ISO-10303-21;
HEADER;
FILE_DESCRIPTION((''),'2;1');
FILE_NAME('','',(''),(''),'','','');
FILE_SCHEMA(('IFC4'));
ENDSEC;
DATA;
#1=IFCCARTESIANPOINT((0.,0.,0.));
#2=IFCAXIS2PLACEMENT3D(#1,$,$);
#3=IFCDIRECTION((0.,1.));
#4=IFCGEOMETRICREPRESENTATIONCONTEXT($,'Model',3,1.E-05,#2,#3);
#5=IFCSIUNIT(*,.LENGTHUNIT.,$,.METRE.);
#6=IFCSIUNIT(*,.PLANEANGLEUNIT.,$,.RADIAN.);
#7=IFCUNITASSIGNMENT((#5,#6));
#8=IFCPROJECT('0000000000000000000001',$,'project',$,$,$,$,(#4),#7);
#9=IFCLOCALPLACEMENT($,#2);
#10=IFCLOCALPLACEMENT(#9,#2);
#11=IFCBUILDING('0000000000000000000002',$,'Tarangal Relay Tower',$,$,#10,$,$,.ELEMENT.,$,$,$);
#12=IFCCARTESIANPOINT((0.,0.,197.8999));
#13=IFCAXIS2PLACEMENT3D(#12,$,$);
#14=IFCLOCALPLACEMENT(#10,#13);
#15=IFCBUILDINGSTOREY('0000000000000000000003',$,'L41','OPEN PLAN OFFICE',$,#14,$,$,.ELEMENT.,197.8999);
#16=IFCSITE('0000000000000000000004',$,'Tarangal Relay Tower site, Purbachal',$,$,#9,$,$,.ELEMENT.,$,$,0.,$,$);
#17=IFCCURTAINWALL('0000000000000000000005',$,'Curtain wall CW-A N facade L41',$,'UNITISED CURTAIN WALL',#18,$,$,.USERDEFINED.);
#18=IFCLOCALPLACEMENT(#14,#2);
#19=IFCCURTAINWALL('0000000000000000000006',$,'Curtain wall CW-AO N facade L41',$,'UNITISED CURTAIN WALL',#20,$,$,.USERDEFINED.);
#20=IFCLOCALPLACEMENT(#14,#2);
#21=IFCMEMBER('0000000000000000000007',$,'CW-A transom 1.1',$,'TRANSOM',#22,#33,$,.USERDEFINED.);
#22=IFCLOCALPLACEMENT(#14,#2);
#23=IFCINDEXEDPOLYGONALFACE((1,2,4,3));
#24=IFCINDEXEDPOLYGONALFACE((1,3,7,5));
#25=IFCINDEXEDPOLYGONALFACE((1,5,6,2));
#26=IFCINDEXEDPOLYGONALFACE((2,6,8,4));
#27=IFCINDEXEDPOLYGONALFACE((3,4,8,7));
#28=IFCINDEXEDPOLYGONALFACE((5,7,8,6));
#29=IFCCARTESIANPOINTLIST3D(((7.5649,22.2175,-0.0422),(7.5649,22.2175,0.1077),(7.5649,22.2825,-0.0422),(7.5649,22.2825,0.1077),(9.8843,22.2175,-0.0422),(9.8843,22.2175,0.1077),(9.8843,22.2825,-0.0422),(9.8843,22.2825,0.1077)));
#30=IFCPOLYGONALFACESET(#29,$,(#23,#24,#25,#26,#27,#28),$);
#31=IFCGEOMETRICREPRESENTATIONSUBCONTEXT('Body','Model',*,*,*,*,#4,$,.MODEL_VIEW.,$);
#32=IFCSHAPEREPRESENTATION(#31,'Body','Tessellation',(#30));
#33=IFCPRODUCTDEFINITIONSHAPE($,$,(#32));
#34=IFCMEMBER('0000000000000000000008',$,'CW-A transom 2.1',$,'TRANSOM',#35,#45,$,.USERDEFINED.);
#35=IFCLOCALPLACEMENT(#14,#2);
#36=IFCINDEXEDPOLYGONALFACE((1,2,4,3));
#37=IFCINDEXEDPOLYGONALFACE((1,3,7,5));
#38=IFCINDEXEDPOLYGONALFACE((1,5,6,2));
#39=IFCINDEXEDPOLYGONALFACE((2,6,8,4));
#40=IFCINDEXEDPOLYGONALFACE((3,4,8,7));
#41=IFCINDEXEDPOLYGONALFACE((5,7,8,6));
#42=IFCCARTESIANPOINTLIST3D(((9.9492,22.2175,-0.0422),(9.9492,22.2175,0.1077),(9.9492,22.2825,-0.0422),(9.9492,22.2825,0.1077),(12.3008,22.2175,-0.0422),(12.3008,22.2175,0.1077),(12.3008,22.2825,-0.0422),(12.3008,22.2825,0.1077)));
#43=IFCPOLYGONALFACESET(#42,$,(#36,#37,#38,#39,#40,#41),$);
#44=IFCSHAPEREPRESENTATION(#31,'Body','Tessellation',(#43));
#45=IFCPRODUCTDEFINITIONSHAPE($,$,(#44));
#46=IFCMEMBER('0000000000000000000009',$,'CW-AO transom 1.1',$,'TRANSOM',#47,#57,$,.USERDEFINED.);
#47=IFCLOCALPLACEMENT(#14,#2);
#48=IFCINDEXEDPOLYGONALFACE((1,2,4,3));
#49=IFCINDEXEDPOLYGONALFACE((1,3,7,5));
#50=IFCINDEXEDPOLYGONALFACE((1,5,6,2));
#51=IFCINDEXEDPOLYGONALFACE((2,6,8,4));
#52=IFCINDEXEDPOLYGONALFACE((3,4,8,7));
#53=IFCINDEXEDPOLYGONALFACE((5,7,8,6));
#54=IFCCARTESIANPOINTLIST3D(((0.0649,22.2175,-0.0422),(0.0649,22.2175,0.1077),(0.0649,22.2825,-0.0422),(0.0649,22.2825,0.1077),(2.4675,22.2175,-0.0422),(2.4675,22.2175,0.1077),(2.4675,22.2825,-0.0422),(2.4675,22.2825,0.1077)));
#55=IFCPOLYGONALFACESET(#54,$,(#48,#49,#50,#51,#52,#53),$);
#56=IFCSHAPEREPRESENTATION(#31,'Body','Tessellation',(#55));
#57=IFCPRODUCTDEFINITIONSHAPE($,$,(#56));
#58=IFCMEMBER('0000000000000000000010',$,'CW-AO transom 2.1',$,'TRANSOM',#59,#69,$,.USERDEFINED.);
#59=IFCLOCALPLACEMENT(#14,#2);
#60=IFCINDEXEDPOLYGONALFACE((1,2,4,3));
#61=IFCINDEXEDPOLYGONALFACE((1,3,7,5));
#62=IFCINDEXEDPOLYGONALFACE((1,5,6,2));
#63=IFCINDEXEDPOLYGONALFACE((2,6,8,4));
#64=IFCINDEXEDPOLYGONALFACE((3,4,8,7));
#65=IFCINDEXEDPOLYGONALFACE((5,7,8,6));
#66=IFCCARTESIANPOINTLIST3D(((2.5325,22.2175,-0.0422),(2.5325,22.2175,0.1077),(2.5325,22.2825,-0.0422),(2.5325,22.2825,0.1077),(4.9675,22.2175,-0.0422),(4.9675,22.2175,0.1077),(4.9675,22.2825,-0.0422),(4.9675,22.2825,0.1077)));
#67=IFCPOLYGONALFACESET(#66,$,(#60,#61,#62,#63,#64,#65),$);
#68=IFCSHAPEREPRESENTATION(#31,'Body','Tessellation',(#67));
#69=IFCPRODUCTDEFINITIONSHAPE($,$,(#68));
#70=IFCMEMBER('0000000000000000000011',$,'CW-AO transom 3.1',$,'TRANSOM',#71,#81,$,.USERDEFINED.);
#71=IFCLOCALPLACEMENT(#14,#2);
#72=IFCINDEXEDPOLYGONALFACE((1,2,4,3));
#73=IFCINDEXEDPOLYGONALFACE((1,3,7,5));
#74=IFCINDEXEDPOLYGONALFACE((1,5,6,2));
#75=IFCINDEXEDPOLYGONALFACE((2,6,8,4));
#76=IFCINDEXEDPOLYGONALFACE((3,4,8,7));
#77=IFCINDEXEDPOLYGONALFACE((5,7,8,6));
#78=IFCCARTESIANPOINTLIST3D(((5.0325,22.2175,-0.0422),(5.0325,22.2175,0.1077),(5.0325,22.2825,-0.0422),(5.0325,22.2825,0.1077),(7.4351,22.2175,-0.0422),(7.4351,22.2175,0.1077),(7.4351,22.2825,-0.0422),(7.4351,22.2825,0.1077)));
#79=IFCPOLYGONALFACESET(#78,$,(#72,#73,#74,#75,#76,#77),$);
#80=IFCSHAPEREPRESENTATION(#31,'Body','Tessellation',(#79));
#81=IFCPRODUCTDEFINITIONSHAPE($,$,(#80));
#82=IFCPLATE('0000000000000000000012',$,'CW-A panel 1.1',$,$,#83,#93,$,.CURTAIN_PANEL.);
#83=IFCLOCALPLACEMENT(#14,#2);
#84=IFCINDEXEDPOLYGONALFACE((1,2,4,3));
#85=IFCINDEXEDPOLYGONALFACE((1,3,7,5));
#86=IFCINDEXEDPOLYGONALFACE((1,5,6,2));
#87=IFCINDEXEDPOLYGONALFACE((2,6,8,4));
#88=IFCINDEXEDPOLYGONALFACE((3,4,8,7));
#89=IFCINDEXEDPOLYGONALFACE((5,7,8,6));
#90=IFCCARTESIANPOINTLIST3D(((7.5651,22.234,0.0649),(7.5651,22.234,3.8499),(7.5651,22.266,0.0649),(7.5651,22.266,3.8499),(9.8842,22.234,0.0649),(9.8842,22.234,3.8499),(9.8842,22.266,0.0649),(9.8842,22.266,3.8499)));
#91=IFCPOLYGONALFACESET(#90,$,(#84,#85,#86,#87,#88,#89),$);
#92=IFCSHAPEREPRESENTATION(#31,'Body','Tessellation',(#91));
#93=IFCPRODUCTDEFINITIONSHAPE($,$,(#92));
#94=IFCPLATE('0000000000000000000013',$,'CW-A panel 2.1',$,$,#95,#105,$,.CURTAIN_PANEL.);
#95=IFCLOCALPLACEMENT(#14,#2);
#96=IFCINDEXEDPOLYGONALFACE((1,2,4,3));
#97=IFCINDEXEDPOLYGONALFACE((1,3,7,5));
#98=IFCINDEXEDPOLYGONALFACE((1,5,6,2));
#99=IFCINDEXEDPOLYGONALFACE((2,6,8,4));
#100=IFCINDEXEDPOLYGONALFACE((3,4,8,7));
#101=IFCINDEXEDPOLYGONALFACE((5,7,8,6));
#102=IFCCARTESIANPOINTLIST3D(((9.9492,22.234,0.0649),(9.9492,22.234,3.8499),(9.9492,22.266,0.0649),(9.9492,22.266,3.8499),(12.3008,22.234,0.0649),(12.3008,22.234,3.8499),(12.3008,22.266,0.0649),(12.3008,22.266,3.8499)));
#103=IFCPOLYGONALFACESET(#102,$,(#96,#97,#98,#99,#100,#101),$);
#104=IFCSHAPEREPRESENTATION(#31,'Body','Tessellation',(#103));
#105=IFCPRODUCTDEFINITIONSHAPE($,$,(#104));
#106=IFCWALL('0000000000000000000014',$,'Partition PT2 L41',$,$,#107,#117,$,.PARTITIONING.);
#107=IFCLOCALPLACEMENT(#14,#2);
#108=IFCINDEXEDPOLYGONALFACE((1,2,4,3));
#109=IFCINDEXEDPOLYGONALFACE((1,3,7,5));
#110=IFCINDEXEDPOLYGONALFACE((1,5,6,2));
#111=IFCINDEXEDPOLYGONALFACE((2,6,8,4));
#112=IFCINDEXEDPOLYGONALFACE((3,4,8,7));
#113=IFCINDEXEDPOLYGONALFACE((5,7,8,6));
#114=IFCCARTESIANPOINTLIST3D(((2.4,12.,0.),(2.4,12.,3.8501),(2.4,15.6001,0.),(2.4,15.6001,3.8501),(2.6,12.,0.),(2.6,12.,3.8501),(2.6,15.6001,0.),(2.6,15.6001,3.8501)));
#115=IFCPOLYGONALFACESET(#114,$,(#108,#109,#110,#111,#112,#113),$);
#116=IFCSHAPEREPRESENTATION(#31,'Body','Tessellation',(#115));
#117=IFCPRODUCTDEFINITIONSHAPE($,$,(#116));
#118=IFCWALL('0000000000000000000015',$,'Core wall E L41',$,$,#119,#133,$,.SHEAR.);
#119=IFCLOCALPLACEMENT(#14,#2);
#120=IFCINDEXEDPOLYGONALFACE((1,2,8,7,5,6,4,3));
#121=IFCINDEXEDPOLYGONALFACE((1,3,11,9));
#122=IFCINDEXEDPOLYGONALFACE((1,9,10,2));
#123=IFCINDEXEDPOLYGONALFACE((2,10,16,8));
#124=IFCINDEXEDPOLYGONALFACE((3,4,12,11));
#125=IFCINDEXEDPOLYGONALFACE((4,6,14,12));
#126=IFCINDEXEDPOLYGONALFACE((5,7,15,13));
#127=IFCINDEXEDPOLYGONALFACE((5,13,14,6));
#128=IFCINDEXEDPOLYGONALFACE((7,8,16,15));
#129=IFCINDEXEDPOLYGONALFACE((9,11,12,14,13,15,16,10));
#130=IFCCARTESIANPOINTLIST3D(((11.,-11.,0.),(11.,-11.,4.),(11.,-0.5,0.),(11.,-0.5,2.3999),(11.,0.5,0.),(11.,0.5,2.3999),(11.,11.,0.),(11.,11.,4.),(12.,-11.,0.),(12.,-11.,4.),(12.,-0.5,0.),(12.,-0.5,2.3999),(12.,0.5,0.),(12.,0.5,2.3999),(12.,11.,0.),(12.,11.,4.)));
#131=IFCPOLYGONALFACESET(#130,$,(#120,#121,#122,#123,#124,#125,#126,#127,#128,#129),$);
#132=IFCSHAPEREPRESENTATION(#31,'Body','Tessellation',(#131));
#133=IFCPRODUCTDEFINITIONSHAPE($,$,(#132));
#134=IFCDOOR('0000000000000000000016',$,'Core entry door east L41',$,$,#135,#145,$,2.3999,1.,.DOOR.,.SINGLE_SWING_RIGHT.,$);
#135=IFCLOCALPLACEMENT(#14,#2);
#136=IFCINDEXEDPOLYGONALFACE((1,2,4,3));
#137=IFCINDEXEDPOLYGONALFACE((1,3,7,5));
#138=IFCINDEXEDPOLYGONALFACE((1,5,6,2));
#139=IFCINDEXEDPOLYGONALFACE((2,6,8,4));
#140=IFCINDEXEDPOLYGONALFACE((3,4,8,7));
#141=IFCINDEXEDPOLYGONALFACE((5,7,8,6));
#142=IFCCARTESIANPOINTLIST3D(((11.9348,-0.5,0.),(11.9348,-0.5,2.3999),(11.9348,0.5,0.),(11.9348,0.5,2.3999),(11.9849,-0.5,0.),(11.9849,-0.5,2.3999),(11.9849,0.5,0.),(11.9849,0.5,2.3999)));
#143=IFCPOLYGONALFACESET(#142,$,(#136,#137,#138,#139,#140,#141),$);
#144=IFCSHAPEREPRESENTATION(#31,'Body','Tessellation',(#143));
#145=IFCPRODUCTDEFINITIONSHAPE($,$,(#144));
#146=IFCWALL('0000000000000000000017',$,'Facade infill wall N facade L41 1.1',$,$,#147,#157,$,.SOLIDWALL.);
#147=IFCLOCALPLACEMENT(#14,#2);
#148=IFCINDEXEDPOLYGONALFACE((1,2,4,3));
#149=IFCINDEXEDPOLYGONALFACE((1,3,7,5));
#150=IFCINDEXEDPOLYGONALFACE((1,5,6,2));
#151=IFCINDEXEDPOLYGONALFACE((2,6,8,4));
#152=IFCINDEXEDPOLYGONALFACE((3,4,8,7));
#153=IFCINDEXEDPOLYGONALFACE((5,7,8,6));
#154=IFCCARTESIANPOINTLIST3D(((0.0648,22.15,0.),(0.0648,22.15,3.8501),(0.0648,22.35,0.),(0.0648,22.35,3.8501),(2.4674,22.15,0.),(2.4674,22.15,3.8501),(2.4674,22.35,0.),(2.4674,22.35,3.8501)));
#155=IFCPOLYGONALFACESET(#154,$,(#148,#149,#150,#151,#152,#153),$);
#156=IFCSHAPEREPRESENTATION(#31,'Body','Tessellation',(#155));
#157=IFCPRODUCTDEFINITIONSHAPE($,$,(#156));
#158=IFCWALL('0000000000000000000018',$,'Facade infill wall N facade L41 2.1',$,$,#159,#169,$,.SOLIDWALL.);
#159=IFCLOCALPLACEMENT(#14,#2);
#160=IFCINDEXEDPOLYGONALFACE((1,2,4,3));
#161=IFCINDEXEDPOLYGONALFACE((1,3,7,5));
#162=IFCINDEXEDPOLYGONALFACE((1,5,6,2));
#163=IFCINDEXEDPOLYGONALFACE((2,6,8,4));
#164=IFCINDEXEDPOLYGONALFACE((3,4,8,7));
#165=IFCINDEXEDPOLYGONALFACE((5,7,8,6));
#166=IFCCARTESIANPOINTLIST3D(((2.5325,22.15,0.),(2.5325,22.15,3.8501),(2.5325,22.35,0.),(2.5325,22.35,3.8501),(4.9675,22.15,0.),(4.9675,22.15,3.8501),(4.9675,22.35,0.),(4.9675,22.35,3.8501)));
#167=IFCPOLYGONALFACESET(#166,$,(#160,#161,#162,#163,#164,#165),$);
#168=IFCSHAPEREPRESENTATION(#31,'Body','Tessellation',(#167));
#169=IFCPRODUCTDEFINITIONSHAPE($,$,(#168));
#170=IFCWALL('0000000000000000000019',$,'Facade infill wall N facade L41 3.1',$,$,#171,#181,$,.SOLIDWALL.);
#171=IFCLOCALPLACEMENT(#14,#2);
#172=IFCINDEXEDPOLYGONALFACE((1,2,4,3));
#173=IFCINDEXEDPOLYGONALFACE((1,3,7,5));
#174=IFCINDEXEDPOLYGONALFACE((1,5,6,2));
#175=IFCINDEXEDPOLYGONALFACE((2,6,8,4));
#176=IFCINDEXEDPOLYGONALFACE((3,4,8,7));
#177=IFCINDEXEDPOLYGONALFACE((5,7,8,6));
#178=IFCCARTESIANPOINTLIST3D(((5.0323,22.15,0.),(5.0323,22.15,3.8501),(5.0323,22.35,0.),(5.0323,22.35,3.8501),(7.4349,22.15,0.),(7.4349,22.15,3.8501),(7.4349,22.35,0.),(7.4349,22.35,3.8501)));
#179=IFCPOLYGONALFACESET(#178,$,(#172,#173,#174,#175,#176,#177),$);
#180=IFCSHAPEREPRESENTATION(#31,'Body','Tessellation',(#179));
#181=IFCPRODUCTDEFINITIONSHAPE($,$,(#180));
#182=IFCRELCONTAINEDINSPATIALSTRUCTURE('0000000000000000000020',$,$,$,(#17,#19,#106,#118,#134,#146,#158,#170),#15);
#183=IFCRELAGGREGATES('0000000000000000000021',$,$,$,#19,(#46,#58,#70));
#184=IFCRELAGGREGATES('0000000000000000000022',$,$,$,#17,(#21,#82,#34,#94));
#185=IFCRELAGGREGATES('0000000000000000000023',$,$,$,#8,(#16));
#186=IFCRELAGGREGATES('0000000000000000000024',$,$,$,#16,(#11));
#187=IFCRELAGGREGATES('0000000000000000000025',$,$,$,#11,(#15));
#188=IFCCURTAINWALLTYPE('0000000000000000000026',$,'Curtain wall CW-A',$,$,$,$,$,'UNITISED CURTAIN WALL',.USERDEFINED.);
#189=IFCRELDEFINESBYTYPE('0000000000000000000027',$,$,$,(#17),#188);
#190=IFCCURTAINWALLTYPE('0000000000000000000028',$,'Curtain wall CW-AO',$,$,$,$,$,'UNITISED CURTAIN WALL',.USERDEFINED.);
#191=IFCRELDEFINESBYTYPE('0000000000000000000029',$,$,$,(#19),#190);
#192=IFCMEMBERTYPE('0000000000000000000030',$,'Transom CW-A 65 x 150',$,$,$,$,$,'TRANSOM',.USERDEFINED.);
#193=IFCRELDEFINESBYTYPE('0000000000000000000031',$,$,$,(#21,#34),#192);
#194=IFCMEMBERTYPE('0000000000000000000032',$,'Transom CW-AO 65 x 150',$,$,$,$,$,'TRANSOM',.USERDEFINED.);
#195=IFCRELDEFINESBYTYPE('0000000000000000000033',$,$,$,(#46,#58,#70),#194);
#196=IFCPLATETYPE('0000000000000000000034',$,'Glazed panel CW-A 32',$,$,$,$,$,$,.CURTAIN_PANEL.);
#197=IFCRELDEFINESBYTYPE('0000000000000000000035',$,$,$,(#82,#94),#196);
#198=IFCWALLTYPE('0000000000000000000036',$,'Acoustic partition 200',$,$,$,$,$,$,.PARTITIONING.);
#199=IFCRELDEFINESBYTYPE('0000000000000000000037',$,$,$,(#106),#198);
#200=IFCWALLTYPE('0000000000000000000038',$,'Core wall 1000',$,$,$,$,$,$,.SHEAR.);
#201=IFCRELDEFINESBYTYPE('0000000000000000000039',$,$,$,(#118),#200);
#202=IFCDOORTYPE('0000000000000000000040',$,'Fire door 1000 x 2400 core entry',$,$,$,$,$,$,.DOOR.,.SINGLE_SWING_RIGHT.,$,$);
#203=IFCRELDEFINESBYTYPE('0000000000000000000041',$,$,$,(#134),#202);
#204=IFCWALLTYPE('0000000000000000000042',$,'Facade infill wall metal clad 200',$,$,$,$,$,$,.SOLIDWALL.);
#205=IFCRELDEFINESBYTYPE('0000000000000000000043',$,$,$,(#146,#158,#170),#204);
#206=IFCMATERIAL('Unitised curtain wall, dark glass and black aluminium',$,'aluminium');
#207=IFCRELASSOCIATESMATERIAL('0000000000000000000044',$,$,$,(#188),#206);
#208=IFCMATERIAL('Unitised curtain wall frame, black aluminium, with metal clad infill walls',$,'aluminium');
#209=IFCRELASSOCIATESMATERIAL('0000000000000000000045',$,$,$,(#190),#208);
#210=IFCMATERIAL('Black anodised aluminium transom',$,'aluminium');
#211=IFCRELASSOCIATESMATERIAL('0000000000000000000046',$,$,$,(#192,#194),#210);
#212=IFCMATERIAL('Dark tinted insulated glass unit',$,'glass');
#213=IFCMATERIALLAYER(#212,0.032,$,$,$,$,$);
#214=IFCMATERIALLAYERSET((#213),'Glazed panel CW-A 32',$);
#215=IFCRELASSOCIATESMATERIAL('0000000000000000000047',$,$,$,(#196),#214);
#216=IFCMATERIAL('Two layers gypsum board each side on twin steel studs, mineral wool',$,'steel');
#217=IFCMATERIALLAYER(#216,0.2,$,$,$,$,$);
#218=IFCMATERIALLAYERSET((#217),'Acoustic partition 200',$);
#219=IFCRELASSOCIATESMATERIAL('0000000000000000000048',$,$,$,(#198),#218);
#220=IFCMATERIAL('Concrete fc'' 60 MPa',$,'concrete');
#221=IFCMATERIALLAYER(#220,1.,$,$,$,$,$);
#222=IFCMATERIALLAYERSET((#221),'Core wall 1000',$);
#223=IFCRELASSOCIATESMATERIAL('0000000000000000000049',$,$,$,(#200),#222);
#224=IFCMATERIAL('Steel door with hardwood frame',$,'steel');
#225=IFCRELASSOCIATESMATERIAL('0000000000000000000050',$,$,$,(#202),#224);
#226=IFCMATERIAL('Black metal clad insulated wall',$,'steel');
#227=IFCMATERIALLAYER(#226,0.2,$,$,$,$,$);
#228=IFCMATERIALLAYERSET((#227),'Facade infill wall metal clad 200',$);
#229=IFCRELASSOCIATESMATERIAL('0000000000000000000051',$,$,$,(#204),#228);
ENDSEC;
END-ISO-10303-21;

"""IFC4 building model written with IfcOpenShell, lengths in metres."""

from ifc_helpers import new_model, si_unit, direction, frame, frame_2d, origin, origin_2d, place, context, subcontext, project, spatial, rectangle, extrude, material, layer, layer_set, material_profile, profile_set, type_object, element, fill, aggregate, save


model = new_model("IFC4")

# Units and contexts
model_context = context("Model", 3, precision=1e-05, world=origin(), true_north=direction((0.0, 1.0)))
body_context = subcontext(model_context, "Body", "Model", "MODEL_VIEW")
ifc_project = project(units=[si_unit("LENGTHUNIT", "METRE"), si_unit("PLANEANGLEUNIT", "RADIAN")], contexts=[model_context])

# Site, building, storey
site_placement = place(None, origin())
site = spatial("IfcSite", under=ifc_project, at=site_placement, Name="Tarangal Relay Tower site, Purbachal", CompositionType="ELEMENT", RefElevation=0.0)
building_placement = place(site_placement, origin())
building = spatial("IfcBuilding", under=site, at=building_placement, Name="Tarangal Relay Tower", CompositionType="ELEMENT")
storey_placement = place(building_placement, frame((0.0, 0.0, 197.8999)))
storey = spatial("IfcBuildingStorey", under=building, at=storey_placement, Name="L41", Description="OPEN PLAN OFFICE", CompositionType="ELEMENT", Elevation=197.8999)

# Curtain walls
ifc_material_1 = material(Name="Unitised curtain wall, dark glass and black aluminium", Category="aluminium")
curtain_wall_type_1 = type_object("IfcCurtainWallType", Name="Curtain wall CW-A", ElementType="UNITISED CURTAIN WALL", PredefinedType="USERDEFINED", material=ifc_material_1)
curtain_wall_1_placement = place(storey_placement, origin())
curtain_wall_1 = element("IfcCurtainWall", 1, at=curtain_wall_1_placement, inside=storey, type_object=curtain_wall_type_1, Name="Curtain wall CW-A N facade L41", ObjectType="UNITISED CURTAIN WALL", PredefinedType="USERDEFINED")
ifc_material_2 = material(Name="Unitised curtain wall frame, black aluminium, with metal clad infill walls", Category="aluminium")
curtain_wall_type_2 = type_object("IfcCurtainWallType", Name="Curtain wall CW-AO", ElementType="UNITISED CURTAIN WALL", PredefinedType="USERDEFINED", material=ifc_material_2)
curtain_wall_2_placement = place(storey_placement, origin())
curtain_wall_2 = element("IfcCurtainWall", 2, at=curtain_wall_2_placement, inside=storey, type_object=curtain_wall_type_2, Name="Curtain wall CW-AO N facade L41", ObjectType="UNITISED CURTAIN WALL", PredefinedType="USERDEFINED")

# Members
ifc_material_3 = material(Name="Black anodised aluminium transom", Category="aluminium")
ifc_material_profile_1 = material_profile(ifc_material_3, rectangle(XDim=0.0649, YDim=0.1499, at=origin_2d()), Name="CW-AT 65X150")
ifc_profile_set_1 = profile_set([ifc_material_profile_1], Name="Black anodised aluminium transom")
member_type_1 = type_object("IfcMemberType", Name="Transom CW-A 65 x 150", ElementType="TRANSOM", PredefinedType="USERDEFINED", material=ifc_profile_set_1)
member_1_placement = place(storey_placement, frame((7.5649, 22.25, 0.0327), z_axis=(1.0, 0.0, 0.0), x_axis=(0.0, 1.0, 0.0)))
member_1 = element("IfcMember", 3, at=member_1_placement, type_object=member_type_1, Name="CW-A transom 1.1", ObjectType="TRANSOM", PredefinedType="USERDEFINED", context=body_context, shape_type="SweptSolid", body=[
    extrude(rectangle(XDim=0.0649, YDim=0.1499, at=origin_2d()), origin(), (0.0, 0.0, 1.0), 2.3193),
])
member_2_placement = place(storey_placement, frame((9.9492, 22.25, 0.0327), z_axis=(1.0, 0.0, 0.0), x_axis=(0.0, 1.0, 0.0)))
member_2 = element("IfcMember", 4, at=member_2_placement, type_object=member_type_1, Name="CW-A transom 2.1", ObjectType="TRANSOM", PredefinedType="USERDEFINED", context=body_context, shape_type="SweptSolid", body=[
    extrude(rectangle(XDim=0.0649, YDim=0.1499, at=origin_2d()), origin(), (0.0, 0.0, 1.0), 2.3516),
])
ifc_material_profile_2 = material_profile(ifc_material_3, rectangle(XDim=0.0649, YDim=0.1499, at=origin_2d()), Name="CW-AOT 65X150")
ifc_profile_set_2 = profile_set([ifc_material_profile_2], Name="Black anodised aluminium transom")
member_type_2 = type_object("IfcMemberType", Name="Transom CW-AO 65 x 150", ElementType="TRANSOM", PredefinedType="USERDEFINED", material=ifc_profile_set_2)
member_3_placement = place(storey_placement, frame((0.0649, 22.25, 0.0327), z_axis=(1.0, 0.0, 0.0), x_axis=(0.0, 1.0, 0.0)))
member_3 = element("IfcMember", 5, at=member_3_placement, type_object=member_type_2, Name="CW-AO transom 1.1", ObjectType="TRANSOM", PredefinedType="USERDEFINED", context=body_context, shape_type="SweptSolid", body=[
    extrude(rectangle(XDim=0.0649, YDim=0.1499, at=origin_2d()), origin(), (0.0, 0.0, 1.0), 2.4026),
])
member_4_placement = place(storey_placement, frame((2.5325, 22.25, 0.0327), z_axis=(1.0, 0.0, 0.0), x_axis=(0.0, 1.0, 0.0)))
member_4 = element("IfcMember", 6, at=member_4_placement, type_object=member_type_2, Name="CW-AO transom 2.1", ObjectType="TRANSOM", PredefinedType="USERDEFINED", context=body_context, shape_type="SweptSolid", body=[
    extrude(rectangle(XDim=0.0649, YDim=0.1499, at=origin_2d()), origin(), (0.0, 0.0, 1.0), 2.4351),
])
member_5_placement = place(storey_placement, frame((5.0325, 22.25, 0.0327), z_axis=(1.0, 0.0, 0.0), x_axis=(0.0, 1.0, 0.0)))
member_5 = element("IfcMember", 7, at=member_5_placement, type_object=member_type_2, Name="CW-AO transom 3.1", ObjectType="TRANSOM", PredefinedType="USERDEFINED", context=body_context, shape_type="SweptSolid", body=[
    extrude(rectangle(XDim=0.0649, YDim=0.1499, at=origin_2d()), origin(), (0.0, 0.0, 1.0), 2.4026),
])
aggregate(curtain_wall_2, [member_3, member_4, member_5])

# Plates
ifc_material_4 = material(Name="Dark tinted insulated glass unit", Category="glass")
ifc_layer_1 = layer(ifc_material_4, 0.032)
ifc_layer_set_1 = layer_set([ifc_layer_1], Name="Glazed panel CW-A 32")
plate_type = type_object("IfcPlateType", Name="Glazed panel CW-A 32", PredefinedType="CURTAIN_PANEL", material=ifc_layer_set_1)
plate_1_placement = place(storey_placement, frame((8.7246, 22.25, 0.0649), z_axis=(0.0, 0.0, 1.0), x_axis=(1.0, 0.0, 0.0)))
plate_1 = element("IfcPlate", 8, at=plate_1_placement, type_object=plate_type, Name="CW-A panel 1.1", PredefinedType="CURTAIN_PANEL", context=body_context, shape_type="SweptSolid", body=[
    extrude(rectangle(XDim=2.3191, YDim=0.032, at=origin_2d()), origin(), (0.0, 0.0, 1.0), 3.7849),
])
plate_2_placement = place(storey_placement, frame((11.125, 22.25, 0.0649), z_axis=(0.0, 0.0, 1.0), x_axis=(1.0, 0.0, 0.0)))
plate_2 = element("IfcPlate", 9, at=plate_2_placement, type_object=plate_type, Name="CW-A panel 2.1", PredefinedType="CURTAIN_PANEL", context=body_context, shape_type="SweptSolid", body=[
    extrude(rectangle(XDim=2.3516, YDim=0.032, at=origin_2d()), origin(), (0.0, 0.0, 1.0), 3.7849),
])
aggregate(curtain_wall_1, [member_1, plate_1, member_2, plate_2])

# Wall
ifc_material_5 = material(Name="Two layers gypsum board each side on twin steel studs, mineral wool", Category="steel")
ifc_layer_2 = layer(ifc_material_5, 0.2)
ifc_layer_set_2 = layer_set([ifc_layer_2], Name="Acoustic partition 200")
wall_type_1 = type_object("IfcWallType", Name="Acoustic partition 200", PredefinedType="PARTITIONING", material=ifc_layer_set_2)
wall_1_placement = place(storey_placement, frame((2.5, 12.0, 0.0), z_axis=(0.0, 0.0, 1.0), x_axis=(0.0, 1.0, 0.0)))
element("IfcWall", 10, at=wall_1_placement, inside=storey, type_object=wall_type_1, Name="Partition PT2 L41", PredefinedType="PARTITIONING", context=body_context, shape_type="SweptSolid", body=[
    extrude(rectangle(XDim=3.6001, YDim=0.2, at=frame_2d((1.8, 0.0))), origin(), (0.0, 0.0, 1.0), 3.8501),
])

# Wall, opening, door
ifc_material_6 = material(Name="Concrete fc' 60 MPa", Category="concrete")
ifc_layer_3 = layer(ifc_material_6, 1.0)
ifc_layer_set_3 = layer_set([ifc_layer_3], Name="Core wall 1000")
wall_type_2 = type_object("IfcWallType", Name="Core wall 1000", PredefinedType="SHEAR", material=ifc_layer_set_3)
wall_2_placement = place(storey_placement, frame((11.5, 11.0, 0.0), z_axis=(0.0, 0.0, 1.0), x_axis=(0.0, -1.0, 0.0)))
wall_2 = element("IfcWall", 11, at=wall_2_placement, inside=storey, type_object=wall_type_2, Name="Core wall E L41", PredefinedType="SHEAR", context=body_context, shape_type="SweptSolid", body=[
    extrude(rectangle(XDim=22.0, YDim=1.0, at=frame_2d((11.0, 0.0))), origin(), (0.0, 0.0, 1.0), 4.0),
])
opening_1_placement = place(wall_2_placement, frame((10.5, 0.0, 0.0)))
opening_1 = element("IfcOpeningElement", 12, at=opening_1_placement, cuts=wall_2, PredefinedType="OPENING", context=body_context, shape_type="SweptSolid", body=[
    extrude(rectangle(XDim=1.0, YDim=2.3999, at=frame_2d((0.5, 1.2))), frame((0.0, 0.51, 0.0), z_axis=(0.0, -1.0, 0.0), x_axis=(1.0, 0.0, 0.0)), (0.0, 0.0, 1.0), 1.02),
])
ifc_material_7 = material(Name="Steel door with hardwood frame", Category="steel")
door_type_1 = type_object("IfcDoorType", Name="Fire door 1000 x 2400 core entry", OperationType="SINGLE_SWING_RIGHT", PredefinedType="DOOR", material=ifc_material_7)
door_1_placement = place(opening_1_placement, origin())
door_1 = element("IfcDoor", 13, at=door_1_placement, inside=storey, type_object=door_type_1, Name="Core entry door east L41", OperationType="SINGLE_SWING_RIGHT", OverallHeight=2.3999, OverallWidth=1.0, PredefinedType="DOOR", context=body_context, shape_type="SweptSolid", body=[
    extrude(rectangle(XDim=1.0, YDim=2.3999, at=frame_2d((0.5, 1.2))), frame((0.0, 0.4849, 0.0), z_axis=(0.0, -1.0, 0.0), x_axis=(1.0, 0.0, 0.0)), (0.0, 0.0, 1.0), 0.05),
])
fill(opening_1, door_1)

# Walls
ifc_material_8 = material(Name="Black metal clad insulated wall", Category="steel")
ifc_layer_4 = layer(ifc_material_8, 0.2)
ifc_layer_set_4 = layer_set([ifc_layer_4], Name="Facade infill wall metal clad 200")
wall_type_3 = type_object("IfcWallType", Name="Facade infill wall metal clad 200", PredefinedType="SOLIDWALL", material=ifc_layer_set_4)
wall_3_placement = place(storey_placement, frame((0.0649, 22.25, 0.0), z_axis=(0.0, 0.0, 1.0), x_axis=(1.0, 0.0, 0.0)))
element("IfcWall", 14, at=wall_3_placement, inside=storey, type_object=wall_type_3, Name="Facade infill wall N facade L41 1.1", PredefinedType="SOLIDWALL", context=body_context, shape_type="SweptSolid", body=[
    extrude(rectangle(XDim=2.4026, YDim=0.2, at=frame_2d((1.2012, 0.0))), origin(), (0.0, 0.0, 1.0), 3.8501),
])
wall_4_placement = place(storey_placement, frame((2.5325, 22.25, 0.0), z_axis=(0.0, 0.0, 1.0), x_axis=(1.0, 0.0, 0.0)))
element("IfcWall", 15, at=wall_4_placement, inside=storey, type_object=wall_type_3, Name="Facade infill wall N facade L41 2.1", PredefinedType="SOLIDWALL", context=body_context, shape_type="SweptSolid", body=[
    extrude(rectangle(XDim=2.4351, YDim=0.2, at=frame_2d((1.2175, 0.0))), origin(), (0.0, 0.0, 1.0), 3.8501),
])
wall_5_placement = place(storey_placement, frame((5.0325, 22.25, 0.0), z_axis=(0.0, 0.0, 1.0), x_axis=(1.0, 0.0, 0.0)))
element("IfcWall", 16, at=wall_5_placement, inside=storey, type_object=wall_type_3, Name="Facade infill wall N facade L41 3.1", PredefinedType="SOLIDWALL", context=body_context, shape_type="SweptSolid", body=[
    extrude(rectangle(XDim=2.4026, YDim=0.2, at=frame_2d((1.2012, 0.0))), origin(), (0.0, 0.0, 1.0), 3.8501),
])

save(model, "model.ifc")
